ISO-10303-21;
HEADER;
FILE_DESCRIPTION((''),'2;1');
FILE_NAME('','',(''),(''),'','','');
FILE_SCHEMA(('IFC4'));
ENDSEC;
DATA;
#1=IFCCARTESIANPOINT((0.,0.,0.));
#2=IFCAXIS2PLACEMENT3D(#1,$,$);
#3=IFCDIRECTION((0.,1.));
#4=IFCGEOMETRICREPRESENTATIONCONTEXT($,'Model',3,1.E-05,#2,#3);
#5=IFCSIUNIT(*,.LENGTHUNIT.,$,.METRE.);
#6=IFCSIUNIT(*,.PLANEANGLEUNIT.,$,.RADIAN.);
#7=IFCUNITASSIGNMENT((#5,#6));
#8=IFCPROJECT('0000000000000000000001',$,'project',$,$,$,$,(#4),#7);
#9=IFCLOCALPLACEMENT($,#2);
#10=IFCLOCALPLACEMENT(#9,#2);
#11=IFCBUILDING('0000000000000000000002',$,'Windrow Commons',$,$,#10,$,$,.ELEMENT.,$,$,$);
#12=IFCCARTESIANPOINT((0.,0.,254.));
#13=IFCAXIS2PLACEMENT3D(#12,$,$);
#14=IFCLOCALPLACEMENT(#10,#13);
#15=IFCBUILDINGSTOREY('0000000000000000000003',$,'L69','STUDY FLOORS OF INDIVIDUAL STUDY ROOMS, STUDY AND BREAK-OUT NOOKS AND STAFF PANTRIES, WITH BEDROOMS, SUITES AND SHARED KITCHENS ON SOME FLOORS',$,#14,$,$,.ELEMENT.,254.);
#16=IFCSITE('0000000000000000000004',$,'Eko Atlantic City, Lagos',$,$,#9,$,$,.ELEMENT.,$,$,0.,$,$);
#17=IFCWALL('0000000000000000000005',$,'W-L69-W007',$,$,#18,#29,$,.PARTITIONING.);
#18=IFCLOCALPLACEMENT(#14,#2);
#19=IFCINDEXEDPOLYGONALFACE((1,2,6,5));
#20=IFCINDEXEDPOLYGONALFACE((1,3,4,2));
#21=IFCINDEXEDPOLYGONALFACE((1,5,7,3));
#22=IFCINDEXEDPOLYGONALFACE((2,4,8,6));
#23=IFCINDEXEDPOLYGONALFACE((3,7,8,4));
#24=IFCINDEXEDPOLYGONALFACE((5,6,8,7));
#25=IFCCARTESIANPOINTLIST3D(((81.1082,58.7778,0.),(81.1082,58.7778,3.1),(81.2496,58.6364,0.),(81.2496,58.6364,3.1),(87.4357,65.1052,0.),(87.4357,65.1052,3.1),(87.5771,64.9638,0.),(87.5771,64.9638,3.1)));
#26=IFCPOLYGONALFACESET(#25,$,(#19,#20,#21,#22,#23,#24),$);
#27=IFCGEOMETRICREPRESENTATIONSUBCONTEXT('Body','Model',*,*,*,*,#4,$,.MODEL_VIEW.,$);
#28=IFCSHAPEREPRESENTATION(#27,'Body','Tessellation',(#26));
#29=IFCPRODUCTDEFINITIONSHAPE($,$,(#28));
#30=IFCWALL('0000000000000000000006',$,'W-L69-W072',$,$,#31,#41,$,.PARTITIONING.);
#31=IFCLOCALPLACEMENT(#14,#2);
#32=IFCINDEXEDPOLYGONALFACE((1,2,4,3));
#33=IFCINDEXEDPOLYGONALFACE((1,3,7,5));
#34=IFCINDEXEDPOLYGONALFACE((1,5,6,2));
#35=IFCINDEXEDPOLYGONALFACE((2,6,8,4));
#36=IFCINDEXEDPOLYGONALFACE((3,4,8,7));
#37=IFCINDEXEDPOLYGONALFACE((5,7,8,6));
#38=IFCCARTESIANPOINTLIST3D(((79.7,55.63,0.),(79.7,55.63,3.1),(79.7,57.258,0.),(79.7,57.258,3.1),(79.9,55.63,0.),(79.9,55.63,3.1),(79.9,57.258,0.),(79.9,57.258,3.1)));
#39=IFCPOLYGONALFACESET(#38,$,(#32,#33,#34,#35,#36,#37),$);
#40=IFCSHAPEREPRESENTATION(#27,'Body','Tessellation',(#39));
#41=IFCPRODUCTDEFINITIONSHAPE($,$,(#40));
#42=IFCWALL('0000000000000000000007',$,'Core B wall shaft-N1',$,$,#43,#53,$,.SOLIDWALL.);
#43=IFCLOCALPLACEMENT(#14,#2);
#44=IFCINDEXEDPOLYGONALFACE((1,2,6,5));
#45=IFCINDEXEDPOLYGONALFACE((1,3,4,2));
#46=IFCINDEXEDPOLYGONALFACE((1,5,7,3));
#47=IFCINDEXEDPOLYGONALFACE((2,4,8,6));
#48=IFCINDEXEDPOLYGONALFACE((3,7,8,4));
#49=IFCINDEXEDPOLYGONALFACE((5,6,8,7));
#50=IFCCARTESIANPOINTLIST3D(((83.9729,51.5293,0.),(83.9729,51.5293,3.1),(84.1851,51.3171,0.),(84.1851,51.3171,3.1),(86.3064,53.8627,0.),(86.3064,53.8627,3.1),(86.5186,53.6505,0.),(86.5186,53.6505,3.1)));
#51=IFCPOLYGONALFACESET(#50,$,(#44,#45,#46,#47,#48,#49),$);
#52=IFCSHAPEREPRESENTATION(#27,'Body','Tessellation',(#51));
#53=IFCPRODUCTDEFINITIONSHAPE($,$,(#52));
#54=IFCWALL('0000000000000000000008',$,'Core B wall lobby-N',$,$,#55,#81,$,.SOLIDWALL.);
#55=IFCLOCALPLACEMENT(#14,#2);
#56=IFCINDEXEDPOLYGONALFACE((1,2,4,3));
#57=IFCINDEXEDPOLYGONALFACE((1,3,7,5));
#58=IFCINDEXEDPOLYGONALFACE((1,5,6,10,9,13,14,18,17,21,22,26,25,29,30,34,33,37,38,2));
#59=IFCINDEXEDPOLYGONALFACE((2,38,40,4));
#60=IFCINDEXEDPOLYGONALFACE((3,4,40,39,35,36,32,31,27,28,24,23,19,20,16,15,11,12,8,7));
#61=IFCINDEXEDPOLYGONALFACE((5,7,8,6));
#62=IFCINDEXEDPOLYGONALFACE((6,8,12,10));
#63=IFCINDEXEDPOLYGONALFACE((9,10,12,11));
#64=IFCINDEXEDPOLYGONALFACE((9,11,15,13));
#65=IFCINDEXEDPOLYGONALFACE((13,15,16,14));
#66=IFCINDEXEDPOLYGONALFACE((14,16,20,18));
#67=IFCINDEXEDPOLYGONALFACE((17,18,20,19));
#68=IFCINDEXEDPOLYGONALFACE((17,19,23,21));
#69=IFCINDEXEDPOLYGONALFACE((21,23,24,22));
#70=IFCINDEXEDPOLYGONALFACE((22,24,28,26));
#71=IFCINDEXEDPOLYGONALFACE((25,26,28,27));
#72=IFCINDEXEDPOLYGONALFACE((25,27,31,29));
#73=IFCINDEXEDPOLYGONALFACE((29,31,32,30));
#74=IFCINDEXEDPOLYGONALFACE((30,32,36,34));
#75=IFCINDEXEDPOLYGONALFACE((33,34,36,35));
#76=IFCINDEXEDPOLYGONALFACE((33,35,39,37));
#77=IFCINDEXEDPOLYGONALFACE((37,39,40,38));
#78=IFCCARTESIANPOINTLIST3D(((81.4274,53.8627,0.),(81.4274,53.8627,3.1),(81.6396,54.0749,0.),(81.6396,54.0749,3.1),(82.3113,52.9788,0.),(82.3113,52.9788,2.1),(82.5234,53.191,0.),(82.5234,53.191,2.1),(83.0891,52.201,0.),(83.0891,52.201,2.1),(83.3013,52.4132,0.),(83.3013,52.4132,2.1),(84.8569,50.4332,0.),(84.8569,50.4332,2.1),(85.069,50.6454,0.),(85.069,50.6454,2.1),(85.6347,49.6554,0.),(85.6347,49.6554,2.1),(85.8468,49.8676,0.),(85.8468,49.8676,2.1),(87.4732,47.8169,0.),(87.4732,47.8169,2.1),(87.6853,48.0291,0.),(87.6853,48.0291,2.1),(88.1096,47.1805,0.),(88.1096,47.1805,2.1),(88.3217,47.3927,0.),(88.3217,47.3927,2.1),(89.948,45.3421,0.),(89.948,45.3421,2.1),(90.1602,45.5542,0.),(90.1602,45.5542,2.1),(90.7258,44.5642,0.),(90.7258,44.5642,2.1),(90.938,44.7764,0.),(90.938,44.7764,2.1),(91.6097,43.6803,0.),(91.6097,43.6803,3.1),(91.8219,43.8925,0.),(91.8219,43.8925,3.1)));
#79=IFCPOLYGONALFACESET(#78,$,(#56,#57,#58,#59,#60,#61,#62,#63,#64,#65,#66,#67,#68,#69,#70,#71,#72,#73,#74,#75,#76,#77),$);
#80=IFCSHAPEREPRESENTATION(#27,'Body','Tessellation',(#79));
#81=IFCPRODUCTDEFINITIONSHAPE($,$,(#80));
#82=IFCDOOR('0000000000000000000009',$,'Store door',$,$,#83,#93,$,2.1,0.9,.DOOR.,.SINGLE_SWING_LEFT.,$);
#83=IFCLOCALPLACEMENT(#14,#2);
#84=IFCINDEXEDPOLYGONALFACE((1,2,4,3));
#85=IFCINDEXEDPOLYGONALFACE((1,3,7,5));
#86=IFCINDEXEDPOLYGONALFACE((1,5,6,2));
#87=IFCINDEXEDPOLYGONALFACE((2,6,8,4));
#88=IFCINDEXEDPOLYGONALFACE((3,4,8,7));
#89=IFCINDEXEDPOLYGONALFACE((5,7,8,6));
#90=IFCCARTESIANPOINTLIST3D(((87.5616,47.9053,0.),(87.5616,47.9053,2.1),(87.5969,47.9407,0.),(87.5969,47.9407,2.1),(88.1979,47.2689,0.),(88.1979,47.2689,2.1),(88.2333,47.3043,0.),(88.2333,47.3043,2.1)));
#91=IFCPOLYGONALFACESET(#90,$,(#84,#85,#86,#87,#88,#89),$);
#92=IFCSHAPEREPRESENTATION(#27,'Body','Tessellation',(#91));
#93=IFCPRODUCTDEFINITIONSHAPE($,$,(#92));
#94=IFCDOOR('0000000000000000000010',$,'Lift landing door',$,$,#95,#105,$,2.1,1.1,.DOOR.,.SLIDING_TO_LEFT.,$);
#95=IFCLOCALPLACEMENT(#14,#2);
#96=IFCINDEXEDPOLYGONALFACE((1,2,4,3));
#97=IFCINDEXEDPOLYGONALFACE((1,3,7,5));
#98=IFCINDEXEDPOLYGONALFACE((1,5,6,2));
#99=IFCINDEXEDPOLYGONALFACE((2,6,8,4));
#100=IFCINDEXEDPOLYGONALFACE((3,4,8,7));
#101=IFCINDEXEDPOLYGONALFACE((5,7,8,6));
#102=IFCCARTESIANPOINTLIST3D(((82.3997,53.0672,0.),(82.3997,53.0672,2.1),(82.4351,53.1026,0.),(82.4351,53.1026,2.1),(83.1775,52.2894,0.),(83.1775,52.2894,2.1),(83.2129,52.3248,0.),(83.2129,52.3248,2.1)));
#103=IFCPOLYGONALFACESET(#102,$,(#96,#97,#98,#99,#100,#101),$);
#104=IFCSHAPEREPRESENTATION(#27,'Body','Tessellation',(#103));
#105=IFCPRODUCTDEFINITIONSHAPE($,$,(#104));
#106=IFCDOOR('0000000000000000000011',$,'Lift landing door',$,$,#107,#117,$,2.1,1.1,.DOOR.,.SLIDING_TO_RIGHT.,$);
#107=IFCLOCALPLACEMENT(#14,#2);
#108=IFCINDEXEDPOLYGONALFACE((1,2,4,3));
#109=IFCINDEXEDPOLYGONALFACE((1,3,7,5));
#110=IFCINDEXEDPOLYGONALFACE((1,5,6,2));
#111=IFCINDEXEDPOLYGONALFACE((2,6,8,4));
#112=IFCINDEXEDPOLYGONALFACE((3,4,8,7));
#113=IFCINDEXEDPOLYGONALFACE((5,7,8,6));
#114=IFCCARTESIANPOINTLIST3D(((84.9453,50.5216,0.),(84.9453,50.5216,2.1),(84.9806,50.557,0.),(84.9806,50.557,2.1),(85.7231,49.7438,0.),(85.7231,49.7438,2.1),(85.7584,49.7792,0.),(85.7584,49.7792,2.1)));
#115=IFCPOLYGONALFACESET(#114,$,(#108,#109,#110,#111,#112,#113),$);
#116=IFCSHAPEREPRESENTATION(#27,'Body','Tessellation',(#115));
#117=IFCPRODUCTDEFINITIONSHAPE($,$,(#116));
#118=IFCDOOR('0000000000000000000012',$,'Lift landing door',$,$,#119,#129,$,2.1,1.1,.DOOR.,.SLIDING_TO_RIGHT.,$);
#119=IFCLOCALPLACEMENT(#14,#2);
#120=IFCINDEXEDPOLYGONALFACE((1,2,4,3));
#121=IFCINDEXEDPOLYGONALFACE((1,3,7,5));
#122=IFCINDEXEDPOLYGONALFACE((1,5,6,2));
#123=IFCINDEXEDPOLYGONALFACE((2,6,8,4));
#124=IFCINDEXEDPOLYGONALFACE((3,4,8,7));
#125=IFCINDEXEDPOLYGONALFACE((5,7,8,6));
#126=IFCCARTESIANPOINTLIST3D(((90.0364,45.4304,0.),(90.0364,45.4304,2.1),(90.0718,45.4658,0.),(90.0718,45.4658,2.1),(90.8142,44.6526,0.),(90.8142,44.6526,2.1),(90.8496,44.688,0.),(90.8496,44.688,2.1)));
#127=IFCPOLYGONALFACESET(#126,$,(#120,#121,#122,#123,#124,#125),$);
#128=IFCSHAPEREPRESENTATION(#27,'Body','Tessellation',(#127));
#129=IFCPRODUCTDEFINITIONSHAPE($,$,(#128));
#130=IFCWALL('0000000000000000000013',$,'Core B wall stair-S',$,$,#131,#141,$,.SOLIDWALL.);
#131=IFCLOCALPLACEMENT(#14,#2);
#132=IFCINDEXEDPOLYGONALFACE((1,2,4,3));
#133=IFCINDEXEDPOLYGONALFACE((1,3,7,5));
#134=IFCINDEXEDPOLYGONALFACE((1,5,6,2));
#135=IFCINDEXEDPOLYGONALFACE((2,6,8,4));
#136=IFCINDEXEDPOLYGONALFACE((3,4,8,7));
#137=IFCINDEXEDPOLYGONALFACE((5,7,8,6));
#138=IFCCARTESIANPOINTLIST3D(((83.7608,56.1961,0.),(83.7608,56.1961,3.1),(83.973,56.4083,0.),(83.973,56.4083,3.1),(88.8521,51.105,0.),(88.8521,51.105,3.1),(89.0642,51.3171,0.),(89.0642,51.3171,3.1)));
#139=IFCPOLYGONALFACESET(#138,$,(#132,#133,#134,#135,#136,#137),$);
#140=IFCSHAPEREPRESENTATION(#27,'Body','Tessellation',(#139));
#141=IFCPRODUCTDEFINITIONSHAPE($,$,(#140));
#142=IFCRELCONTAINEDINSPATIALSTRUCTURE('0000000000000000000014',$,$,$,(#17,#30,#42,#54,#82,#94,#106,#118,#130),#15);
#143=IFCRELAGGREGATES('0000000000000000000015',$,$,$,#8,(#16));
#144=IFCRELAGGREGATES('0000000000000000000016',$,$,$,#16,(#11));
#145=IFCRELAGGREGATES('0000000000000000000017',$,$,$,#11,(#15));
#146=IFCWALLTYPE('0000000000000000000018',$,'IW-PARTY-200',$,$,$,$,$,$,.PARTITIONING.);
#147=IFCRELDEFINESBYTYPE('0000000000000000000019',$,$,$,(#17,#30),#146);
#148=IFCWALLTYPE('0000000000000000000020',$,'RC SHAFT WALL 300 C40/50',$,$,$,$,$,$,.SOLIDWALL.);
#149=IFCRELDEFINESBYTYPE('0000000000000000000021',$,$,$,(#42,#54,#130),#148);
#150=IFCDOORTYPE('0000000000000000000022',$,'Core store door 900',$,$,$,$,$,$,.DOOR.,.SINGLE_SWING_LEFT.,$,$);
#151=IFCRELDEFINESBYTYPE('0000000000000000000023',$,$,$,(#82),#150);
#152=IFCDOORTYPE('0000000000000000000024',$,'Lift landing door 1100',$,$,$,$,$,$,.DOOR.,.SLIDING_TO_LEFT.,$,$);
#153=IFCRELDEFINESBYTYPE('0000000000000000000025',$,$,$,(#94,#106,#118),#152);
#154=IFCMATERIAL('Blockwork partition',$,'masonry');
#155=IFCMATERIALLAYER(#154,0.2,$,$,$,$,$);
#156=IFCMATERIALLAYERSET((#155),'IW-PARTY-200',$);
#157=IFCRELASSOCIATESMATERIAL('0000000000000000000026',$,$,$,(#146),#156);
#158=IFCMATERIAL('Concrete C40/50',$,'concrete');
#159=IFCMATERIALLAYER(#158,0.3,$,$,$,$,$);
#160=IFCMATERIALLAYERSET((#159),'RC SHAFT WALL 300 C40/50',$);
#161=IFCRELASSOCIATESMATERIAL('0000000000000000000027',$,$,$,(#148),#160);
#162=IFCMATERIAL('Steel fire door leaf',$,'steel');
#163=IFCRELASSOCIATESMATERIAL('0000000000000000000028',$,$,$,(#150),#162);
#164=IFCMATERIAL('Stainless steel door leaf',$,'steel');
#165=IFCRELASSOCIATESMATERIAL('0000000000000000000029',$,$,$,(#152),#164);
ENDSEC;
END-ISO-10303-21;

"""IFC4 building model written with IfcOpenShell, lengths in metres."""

from ifc_helpers import new_model, si_unit, direction, frame, frame_2d, origin, place, context, subcontext, project, spatial, rectangle, extrude, material, layer, layer_set, type_object, element, fill, save


model = new_model("IFC4")

# Units and contexts
model_context = context("Model", 3, precision=1e-05, world=origin(), true_north=direction((0.0, 1.0)))
body_context = subcontext(model_context, "Body", "Model", "MODEL_VIEW")
ifc_project = project(units=[si_unit("LENGTHUNIT", "METRE"), si_unit("PLANEANGLEUNIT", "RADIAN")], contexts=[model_context])

# Site, building, storey
site_placement = place(None, origin())
site = spatial("IfcSite", under=ifc_project, at=site_placement, Name="Eko Atlantic City, Lagos", CompositionType="ELEMENT", RefElevation=0.0)
building_placement = place(site_placement, origin())
building = spatial("IfcBuilding", under=site, at=building_placement, Name="Windrow Commons", CompositionType="ELEMENT")
storey_placement = place(building_placement, frame((0.0, 0.0, 254.0)))
storey = spatial("IfcBuildingStorey", under=building, at=storey_placement, Name="L69", Description="STUDY FLOORS OF INDIVIDUAL STUDY ROOMS, STUDY AND BREAK-OUT NOOKS AND STAFF PANTRIES, WITH BEDROOMS, SUITES AND SHARED KITCHENS ON SOME FLOORS", CompositionType="ELEMENT", Elevation=254.0)

# Walls
ifc_material_1 = material(Name="Blockwork partition", Category="masonry")
ifc_layer_1 = layer(ifc_material_1, 0.2)
ifc_layer_set_1 = layer_set([ifc_layer_1], Name="IW-PARTY-200")
wall_type_1 = type_object("IfcWallType", Name="IW-PARTY-200", PredefinedType="PARTITIONING", material=ifc_layer_set_1)
wall_1_placement = place(storey_placement, frame((81.1789, 58.7071, 0.0), z_axis=(0.0, 0.0, 1.0), x_axis=(0.707112, 0.707101, 0.0)))
element("IfcWall", 1, at=wall_1_placement, inside=storey, type_object=wall_type_1, Name="W-L69-W007", PredefinedType="PARTITIONING", context=body_context, shape_type="SweptSolid", body=[
    extrude(rectangle(XDim=8.9484, YDim=0.2, at=frame_2d((4.4742, 0.0))), origin(), (0.0, 0.0, 1.0), 3.1),
])
wall_2_placement = place(storey_placement, frame((79.8, 55.63, 0.0), z_axis=(0.0, 0.0, 1.0), x_axis=(0.0, 1.0, 0.0)))
element("IfcWall", 2, at=wall_2_placement, inside=storey, type_object=wall_type_1, Name="W-L69-W072", PredefinedType="PARTITIONING", context=body_context, shape_type="SweptSolid", body=[
    extrude(rectangle(XDim=1.628, YDim=0.2, at=frame_2d((0.814, 0.0))), origin(), (0.0, 0.0, 1.0), 3.1),
])
ifc_material_2 = material(Name="Concrete C40/50", Category="concrete")
ifc_layer_2 = layer(ifc_material_2, 0.3)
ifc_layer_set_2 = layer_set([ifc_layer_2], Name="RC SHAFT WALL 300 C40/50")
wall_type_2 = type_object("IfcWallType", Name="RC SHAFT WALL 300 C40/50", PredefinedType="SOLIDWALL", material=ifc_layer_set_2)
wall_3_placement = place(storey_placement, frame((84.079, 51.4232, 0.0), z_axis=(0.0, 0.0, 1.0), x_axis=(0.707122, 0.707092, 0.0)))
element("IfcWall", 3, at=wall_3_placement, inside=storey, type_object=wall_type_2, Name="Core B wall shaft-N1", PredefinedType="SOLIDWALL", context=body_context, shape_type="SweptSolid", body=[
    extrude(rectangle(XDim=3.3, YDim=0.3, at=frame_2d((1.65, 0.0))), origin(), (0.0, 0.0, 1.0), 3.1),
])

# Wall, openings, doors
wall_4_placement = place(storey_placement, frame((81.5335, 53.9688, 0.0), z_axis=(0.0, 0.0, 1.0), x_axis=(0.707103, -0.70711, 0.0)))
wall_4 = element("IfcWall", 4, at=wall_4_placement, inside=storey, type_object=wall_type_2, Name="Core B wall lobby-N", PredefinedType="SOLIDWALL", context=body_context, shape_type="SweptSolid", body=[
    extrude(rectangle(XDim=14.4, YDim=0.3, at=frame_2d((7.2, 0.0))), origin(), (0.0, 0.0, 1.0), 3.1),
])
opening_1_placement = place(wall_4_placement, frame((8.55, 0.0, 0.0)))
opening_1 = element("IfcOpeningElement", 5, at=opening_1_placement, cuts=wall_4, PredefinedType="OPENING", context=body_context, shape_type="SweptSolid", body=[
    extrude(rectangle(XDim=0.9, YDim=2.1, at=frame_2d((0.45, 1.05))), frame((0.0, 0.16, 0.0), z_axis=(0.0, -1.0, 0.0), x_axis=(1.0, 0.0, 0.0)), (0.0, 0.0, 1.0), 0.32),
])
opening_2_placement = place(wall_4_placement, frame((1.25, 0.0, 0.0)))
opening_2 = element("IfcOpeningElement", 6, at=opening_2_placement, cuts=wall_4, PredefinedType="OPENING", context=body_context, shape_type="SweptSolid", body=[
    extrude(rectangle(XDim=1.1, YDim=2.1, at=frame_2d((0.55, 1.05))), frame((0.0, 0.16, 0.0), z_axis=(0.0, -1.0, 0.0), x_axis=(1.0, 0.0, 0.0)), (0.0, 0.0, 1.0), 0.32),
])
opening_3_placement = place(wall_4_placement, frame((4.85, 0.0, 0.0)))
opening_3 = element("IfcOpeningElement", 7, at=opening_3_placement, cuts=wall_4, PredefinedType="OPENING", context=body_context, shape_type="SweptSolid", body=[
    extrude(rectangle(XDim=1.1, YDim=2.1, at=frame_2d((0.55, 1.05))), frame((0.0, 0.16, 0.0), z_axis=(0.0, -1.0, 0.0), x_axis=(1.0, 0.0, 0.0)), (0.0, 0.0, 1.0), 0.32),
])
opening_4_placement = place(wall_4_placement, frame((12.05, 0.0, 0.0)))
opening_4 = element("IfcOpeningElement", 8, at=opening_4_placement, cuts=wall_4, PredefinedType="OPENING", context=body_context, shape_type="SweptSolid", body=[
    extrude(rectangle(XDim=1.1, YDim=2.1, at=frame_2d((0.55, 1.05))), frame((0.0, 0.16, 0.0), z_axis=(0.0, -1.0, 0.0), x_axis=(1.0, 0.0, 0.0)), (0.0, 0.0, 1.0), 0.32),
])
ifc_material_3 = material(Name="Steel fire door leaf", Category="steel")
door_type_1 = type_object("IfcDoorType", Name="Core store door 900", OperationType="SINGLE_SWING_LEFT", PredefinedType="DOOR", material=ifc_material_3)
door_1_placement = place(opening_1_placement, origin())
door_1 = element("IfcDoor", 9, at=door_1_placement, inside=storey, type_object=door_type_1, Name="Store door", OperationType="SINGLE_SWING_LEFT", OverallHeight=2.1, OverallWidth=0.9, PredefinedType="DOOR", context=body_context, shape_type="SweptSolid", body=[
    extrude(rectangle(XDim=0.9, YDim=2.1, at=frame_2d((0.45, 1.05))), frame((0.0, 0.025, 0.0), z_axis=(0.0, -1.0, 0.0), x_axis=(1.0, 0.0, 0.0)), (0.0, 0.0, 1.0), 0.05),
])
fill(opening_1, door_1)
ifc_material_4 = material(Name="Stainless steel door leaf", Category="steel")
door_type_2 = type_object("IfcDoorType", Name="Lift landing door 1100", OperationType="SLIDING_TO_LEFT", PredefinedType="DOOR", material=ifc_material_4)
door_2_placement = place(opening_2_placement, origin())
door_2 = element("IfcDoor", 10, at=door_2_placement, inside=storey, type_object=door_type_2, Name="Lift landing door", OperationType="SLIDING_TO_LEFT", OverallHeight=2.1, OverallWidth=1.1, PredefinedType="DOOR", context=body_context, shape_type="SweptSolid", body=[
    extrude(rectangle(XDim=1.1, YDim=2.1, at=frame_2d((0.55, 1.05))), frame((0.0, 0.025, 0.0), z_axis=(0.0, -1.0, 0.0), x_axis=(1.0, 0.0, 0.0)), (0.0, 0.0, 1.0), 0.05),
])
fill(opening_2, door_2)
door_3_placement = place(opening_3_placement, origin())
door_3 = element("IfcDoor", 11, at=door_3_placement, inside=storey, type_object=door_type_2, Name="Lift landing door", OperationType="SLIDING_TO_RIGHT", OverallHeight=2.1, OverallWidth=1.1, PredefinedType="DOOR", context=body_context, shape_type="SweptSolid", body=[
    extrude(rectangle(XDim=1.1, YDim=2.1, at=frame_2d((0.55, 1.05))), frame((0.0, 0.025, 0.0), z_axis=(0.0, -1.0, 0.0), x_axis=(1.0, 0.0, 0.0)), (0.0, 0.0, 1.0), 0.05),
])
fill(opening_3, door_3)
door_4_placement = place(opening_4_placement, origin())
door_4 = element("IfcDoor", 12, at=door_4_placement, inside=storey, type_object=door_type_2, Name="Lift landing door", OperationType="SLIDING_TO_RIGHT", OverallHeight=2.1, OverallWidth=1.1, PredefinedType="DOOR", context=body_context, shape_type="SweptSolid", body=[
    extrude(rectangle(XDim=1.1, YDim=2.1, at=frame_2d((0.55, 1.05))), frame((0.0, 0.025, 0.0), z_axis=(0.0, -1.0, 0.0), x_axis=(1.0, 0.0, 0.0)), (0.0, 0.0, 1.0), 0.05),
])
fill(opening_4, door_4)

# Wall
wall_5_placement = place(storey_placement, frame((83.8669, 56.3022, 0.0), z_axis=(0.0, 0.0, 1.0), x_axis=(0.707114, -0.7071, 0.0)))
element("IfcWall", 13, at=wall_5_placement, inside=storey, type_object=wall_type_2, Name="Core B wall stair-S", PredefinedType="SOLIDWALL", context=body_context, shape_type="SweptSolid", body=[
    extrude(rectangle(XDim=7.2, YDim=0.3, at=frame_2d((3.6, 0.0))), origin(), (0.0, 0.0, 1.0), 3.1),
])

save(model, "model.ifc")
